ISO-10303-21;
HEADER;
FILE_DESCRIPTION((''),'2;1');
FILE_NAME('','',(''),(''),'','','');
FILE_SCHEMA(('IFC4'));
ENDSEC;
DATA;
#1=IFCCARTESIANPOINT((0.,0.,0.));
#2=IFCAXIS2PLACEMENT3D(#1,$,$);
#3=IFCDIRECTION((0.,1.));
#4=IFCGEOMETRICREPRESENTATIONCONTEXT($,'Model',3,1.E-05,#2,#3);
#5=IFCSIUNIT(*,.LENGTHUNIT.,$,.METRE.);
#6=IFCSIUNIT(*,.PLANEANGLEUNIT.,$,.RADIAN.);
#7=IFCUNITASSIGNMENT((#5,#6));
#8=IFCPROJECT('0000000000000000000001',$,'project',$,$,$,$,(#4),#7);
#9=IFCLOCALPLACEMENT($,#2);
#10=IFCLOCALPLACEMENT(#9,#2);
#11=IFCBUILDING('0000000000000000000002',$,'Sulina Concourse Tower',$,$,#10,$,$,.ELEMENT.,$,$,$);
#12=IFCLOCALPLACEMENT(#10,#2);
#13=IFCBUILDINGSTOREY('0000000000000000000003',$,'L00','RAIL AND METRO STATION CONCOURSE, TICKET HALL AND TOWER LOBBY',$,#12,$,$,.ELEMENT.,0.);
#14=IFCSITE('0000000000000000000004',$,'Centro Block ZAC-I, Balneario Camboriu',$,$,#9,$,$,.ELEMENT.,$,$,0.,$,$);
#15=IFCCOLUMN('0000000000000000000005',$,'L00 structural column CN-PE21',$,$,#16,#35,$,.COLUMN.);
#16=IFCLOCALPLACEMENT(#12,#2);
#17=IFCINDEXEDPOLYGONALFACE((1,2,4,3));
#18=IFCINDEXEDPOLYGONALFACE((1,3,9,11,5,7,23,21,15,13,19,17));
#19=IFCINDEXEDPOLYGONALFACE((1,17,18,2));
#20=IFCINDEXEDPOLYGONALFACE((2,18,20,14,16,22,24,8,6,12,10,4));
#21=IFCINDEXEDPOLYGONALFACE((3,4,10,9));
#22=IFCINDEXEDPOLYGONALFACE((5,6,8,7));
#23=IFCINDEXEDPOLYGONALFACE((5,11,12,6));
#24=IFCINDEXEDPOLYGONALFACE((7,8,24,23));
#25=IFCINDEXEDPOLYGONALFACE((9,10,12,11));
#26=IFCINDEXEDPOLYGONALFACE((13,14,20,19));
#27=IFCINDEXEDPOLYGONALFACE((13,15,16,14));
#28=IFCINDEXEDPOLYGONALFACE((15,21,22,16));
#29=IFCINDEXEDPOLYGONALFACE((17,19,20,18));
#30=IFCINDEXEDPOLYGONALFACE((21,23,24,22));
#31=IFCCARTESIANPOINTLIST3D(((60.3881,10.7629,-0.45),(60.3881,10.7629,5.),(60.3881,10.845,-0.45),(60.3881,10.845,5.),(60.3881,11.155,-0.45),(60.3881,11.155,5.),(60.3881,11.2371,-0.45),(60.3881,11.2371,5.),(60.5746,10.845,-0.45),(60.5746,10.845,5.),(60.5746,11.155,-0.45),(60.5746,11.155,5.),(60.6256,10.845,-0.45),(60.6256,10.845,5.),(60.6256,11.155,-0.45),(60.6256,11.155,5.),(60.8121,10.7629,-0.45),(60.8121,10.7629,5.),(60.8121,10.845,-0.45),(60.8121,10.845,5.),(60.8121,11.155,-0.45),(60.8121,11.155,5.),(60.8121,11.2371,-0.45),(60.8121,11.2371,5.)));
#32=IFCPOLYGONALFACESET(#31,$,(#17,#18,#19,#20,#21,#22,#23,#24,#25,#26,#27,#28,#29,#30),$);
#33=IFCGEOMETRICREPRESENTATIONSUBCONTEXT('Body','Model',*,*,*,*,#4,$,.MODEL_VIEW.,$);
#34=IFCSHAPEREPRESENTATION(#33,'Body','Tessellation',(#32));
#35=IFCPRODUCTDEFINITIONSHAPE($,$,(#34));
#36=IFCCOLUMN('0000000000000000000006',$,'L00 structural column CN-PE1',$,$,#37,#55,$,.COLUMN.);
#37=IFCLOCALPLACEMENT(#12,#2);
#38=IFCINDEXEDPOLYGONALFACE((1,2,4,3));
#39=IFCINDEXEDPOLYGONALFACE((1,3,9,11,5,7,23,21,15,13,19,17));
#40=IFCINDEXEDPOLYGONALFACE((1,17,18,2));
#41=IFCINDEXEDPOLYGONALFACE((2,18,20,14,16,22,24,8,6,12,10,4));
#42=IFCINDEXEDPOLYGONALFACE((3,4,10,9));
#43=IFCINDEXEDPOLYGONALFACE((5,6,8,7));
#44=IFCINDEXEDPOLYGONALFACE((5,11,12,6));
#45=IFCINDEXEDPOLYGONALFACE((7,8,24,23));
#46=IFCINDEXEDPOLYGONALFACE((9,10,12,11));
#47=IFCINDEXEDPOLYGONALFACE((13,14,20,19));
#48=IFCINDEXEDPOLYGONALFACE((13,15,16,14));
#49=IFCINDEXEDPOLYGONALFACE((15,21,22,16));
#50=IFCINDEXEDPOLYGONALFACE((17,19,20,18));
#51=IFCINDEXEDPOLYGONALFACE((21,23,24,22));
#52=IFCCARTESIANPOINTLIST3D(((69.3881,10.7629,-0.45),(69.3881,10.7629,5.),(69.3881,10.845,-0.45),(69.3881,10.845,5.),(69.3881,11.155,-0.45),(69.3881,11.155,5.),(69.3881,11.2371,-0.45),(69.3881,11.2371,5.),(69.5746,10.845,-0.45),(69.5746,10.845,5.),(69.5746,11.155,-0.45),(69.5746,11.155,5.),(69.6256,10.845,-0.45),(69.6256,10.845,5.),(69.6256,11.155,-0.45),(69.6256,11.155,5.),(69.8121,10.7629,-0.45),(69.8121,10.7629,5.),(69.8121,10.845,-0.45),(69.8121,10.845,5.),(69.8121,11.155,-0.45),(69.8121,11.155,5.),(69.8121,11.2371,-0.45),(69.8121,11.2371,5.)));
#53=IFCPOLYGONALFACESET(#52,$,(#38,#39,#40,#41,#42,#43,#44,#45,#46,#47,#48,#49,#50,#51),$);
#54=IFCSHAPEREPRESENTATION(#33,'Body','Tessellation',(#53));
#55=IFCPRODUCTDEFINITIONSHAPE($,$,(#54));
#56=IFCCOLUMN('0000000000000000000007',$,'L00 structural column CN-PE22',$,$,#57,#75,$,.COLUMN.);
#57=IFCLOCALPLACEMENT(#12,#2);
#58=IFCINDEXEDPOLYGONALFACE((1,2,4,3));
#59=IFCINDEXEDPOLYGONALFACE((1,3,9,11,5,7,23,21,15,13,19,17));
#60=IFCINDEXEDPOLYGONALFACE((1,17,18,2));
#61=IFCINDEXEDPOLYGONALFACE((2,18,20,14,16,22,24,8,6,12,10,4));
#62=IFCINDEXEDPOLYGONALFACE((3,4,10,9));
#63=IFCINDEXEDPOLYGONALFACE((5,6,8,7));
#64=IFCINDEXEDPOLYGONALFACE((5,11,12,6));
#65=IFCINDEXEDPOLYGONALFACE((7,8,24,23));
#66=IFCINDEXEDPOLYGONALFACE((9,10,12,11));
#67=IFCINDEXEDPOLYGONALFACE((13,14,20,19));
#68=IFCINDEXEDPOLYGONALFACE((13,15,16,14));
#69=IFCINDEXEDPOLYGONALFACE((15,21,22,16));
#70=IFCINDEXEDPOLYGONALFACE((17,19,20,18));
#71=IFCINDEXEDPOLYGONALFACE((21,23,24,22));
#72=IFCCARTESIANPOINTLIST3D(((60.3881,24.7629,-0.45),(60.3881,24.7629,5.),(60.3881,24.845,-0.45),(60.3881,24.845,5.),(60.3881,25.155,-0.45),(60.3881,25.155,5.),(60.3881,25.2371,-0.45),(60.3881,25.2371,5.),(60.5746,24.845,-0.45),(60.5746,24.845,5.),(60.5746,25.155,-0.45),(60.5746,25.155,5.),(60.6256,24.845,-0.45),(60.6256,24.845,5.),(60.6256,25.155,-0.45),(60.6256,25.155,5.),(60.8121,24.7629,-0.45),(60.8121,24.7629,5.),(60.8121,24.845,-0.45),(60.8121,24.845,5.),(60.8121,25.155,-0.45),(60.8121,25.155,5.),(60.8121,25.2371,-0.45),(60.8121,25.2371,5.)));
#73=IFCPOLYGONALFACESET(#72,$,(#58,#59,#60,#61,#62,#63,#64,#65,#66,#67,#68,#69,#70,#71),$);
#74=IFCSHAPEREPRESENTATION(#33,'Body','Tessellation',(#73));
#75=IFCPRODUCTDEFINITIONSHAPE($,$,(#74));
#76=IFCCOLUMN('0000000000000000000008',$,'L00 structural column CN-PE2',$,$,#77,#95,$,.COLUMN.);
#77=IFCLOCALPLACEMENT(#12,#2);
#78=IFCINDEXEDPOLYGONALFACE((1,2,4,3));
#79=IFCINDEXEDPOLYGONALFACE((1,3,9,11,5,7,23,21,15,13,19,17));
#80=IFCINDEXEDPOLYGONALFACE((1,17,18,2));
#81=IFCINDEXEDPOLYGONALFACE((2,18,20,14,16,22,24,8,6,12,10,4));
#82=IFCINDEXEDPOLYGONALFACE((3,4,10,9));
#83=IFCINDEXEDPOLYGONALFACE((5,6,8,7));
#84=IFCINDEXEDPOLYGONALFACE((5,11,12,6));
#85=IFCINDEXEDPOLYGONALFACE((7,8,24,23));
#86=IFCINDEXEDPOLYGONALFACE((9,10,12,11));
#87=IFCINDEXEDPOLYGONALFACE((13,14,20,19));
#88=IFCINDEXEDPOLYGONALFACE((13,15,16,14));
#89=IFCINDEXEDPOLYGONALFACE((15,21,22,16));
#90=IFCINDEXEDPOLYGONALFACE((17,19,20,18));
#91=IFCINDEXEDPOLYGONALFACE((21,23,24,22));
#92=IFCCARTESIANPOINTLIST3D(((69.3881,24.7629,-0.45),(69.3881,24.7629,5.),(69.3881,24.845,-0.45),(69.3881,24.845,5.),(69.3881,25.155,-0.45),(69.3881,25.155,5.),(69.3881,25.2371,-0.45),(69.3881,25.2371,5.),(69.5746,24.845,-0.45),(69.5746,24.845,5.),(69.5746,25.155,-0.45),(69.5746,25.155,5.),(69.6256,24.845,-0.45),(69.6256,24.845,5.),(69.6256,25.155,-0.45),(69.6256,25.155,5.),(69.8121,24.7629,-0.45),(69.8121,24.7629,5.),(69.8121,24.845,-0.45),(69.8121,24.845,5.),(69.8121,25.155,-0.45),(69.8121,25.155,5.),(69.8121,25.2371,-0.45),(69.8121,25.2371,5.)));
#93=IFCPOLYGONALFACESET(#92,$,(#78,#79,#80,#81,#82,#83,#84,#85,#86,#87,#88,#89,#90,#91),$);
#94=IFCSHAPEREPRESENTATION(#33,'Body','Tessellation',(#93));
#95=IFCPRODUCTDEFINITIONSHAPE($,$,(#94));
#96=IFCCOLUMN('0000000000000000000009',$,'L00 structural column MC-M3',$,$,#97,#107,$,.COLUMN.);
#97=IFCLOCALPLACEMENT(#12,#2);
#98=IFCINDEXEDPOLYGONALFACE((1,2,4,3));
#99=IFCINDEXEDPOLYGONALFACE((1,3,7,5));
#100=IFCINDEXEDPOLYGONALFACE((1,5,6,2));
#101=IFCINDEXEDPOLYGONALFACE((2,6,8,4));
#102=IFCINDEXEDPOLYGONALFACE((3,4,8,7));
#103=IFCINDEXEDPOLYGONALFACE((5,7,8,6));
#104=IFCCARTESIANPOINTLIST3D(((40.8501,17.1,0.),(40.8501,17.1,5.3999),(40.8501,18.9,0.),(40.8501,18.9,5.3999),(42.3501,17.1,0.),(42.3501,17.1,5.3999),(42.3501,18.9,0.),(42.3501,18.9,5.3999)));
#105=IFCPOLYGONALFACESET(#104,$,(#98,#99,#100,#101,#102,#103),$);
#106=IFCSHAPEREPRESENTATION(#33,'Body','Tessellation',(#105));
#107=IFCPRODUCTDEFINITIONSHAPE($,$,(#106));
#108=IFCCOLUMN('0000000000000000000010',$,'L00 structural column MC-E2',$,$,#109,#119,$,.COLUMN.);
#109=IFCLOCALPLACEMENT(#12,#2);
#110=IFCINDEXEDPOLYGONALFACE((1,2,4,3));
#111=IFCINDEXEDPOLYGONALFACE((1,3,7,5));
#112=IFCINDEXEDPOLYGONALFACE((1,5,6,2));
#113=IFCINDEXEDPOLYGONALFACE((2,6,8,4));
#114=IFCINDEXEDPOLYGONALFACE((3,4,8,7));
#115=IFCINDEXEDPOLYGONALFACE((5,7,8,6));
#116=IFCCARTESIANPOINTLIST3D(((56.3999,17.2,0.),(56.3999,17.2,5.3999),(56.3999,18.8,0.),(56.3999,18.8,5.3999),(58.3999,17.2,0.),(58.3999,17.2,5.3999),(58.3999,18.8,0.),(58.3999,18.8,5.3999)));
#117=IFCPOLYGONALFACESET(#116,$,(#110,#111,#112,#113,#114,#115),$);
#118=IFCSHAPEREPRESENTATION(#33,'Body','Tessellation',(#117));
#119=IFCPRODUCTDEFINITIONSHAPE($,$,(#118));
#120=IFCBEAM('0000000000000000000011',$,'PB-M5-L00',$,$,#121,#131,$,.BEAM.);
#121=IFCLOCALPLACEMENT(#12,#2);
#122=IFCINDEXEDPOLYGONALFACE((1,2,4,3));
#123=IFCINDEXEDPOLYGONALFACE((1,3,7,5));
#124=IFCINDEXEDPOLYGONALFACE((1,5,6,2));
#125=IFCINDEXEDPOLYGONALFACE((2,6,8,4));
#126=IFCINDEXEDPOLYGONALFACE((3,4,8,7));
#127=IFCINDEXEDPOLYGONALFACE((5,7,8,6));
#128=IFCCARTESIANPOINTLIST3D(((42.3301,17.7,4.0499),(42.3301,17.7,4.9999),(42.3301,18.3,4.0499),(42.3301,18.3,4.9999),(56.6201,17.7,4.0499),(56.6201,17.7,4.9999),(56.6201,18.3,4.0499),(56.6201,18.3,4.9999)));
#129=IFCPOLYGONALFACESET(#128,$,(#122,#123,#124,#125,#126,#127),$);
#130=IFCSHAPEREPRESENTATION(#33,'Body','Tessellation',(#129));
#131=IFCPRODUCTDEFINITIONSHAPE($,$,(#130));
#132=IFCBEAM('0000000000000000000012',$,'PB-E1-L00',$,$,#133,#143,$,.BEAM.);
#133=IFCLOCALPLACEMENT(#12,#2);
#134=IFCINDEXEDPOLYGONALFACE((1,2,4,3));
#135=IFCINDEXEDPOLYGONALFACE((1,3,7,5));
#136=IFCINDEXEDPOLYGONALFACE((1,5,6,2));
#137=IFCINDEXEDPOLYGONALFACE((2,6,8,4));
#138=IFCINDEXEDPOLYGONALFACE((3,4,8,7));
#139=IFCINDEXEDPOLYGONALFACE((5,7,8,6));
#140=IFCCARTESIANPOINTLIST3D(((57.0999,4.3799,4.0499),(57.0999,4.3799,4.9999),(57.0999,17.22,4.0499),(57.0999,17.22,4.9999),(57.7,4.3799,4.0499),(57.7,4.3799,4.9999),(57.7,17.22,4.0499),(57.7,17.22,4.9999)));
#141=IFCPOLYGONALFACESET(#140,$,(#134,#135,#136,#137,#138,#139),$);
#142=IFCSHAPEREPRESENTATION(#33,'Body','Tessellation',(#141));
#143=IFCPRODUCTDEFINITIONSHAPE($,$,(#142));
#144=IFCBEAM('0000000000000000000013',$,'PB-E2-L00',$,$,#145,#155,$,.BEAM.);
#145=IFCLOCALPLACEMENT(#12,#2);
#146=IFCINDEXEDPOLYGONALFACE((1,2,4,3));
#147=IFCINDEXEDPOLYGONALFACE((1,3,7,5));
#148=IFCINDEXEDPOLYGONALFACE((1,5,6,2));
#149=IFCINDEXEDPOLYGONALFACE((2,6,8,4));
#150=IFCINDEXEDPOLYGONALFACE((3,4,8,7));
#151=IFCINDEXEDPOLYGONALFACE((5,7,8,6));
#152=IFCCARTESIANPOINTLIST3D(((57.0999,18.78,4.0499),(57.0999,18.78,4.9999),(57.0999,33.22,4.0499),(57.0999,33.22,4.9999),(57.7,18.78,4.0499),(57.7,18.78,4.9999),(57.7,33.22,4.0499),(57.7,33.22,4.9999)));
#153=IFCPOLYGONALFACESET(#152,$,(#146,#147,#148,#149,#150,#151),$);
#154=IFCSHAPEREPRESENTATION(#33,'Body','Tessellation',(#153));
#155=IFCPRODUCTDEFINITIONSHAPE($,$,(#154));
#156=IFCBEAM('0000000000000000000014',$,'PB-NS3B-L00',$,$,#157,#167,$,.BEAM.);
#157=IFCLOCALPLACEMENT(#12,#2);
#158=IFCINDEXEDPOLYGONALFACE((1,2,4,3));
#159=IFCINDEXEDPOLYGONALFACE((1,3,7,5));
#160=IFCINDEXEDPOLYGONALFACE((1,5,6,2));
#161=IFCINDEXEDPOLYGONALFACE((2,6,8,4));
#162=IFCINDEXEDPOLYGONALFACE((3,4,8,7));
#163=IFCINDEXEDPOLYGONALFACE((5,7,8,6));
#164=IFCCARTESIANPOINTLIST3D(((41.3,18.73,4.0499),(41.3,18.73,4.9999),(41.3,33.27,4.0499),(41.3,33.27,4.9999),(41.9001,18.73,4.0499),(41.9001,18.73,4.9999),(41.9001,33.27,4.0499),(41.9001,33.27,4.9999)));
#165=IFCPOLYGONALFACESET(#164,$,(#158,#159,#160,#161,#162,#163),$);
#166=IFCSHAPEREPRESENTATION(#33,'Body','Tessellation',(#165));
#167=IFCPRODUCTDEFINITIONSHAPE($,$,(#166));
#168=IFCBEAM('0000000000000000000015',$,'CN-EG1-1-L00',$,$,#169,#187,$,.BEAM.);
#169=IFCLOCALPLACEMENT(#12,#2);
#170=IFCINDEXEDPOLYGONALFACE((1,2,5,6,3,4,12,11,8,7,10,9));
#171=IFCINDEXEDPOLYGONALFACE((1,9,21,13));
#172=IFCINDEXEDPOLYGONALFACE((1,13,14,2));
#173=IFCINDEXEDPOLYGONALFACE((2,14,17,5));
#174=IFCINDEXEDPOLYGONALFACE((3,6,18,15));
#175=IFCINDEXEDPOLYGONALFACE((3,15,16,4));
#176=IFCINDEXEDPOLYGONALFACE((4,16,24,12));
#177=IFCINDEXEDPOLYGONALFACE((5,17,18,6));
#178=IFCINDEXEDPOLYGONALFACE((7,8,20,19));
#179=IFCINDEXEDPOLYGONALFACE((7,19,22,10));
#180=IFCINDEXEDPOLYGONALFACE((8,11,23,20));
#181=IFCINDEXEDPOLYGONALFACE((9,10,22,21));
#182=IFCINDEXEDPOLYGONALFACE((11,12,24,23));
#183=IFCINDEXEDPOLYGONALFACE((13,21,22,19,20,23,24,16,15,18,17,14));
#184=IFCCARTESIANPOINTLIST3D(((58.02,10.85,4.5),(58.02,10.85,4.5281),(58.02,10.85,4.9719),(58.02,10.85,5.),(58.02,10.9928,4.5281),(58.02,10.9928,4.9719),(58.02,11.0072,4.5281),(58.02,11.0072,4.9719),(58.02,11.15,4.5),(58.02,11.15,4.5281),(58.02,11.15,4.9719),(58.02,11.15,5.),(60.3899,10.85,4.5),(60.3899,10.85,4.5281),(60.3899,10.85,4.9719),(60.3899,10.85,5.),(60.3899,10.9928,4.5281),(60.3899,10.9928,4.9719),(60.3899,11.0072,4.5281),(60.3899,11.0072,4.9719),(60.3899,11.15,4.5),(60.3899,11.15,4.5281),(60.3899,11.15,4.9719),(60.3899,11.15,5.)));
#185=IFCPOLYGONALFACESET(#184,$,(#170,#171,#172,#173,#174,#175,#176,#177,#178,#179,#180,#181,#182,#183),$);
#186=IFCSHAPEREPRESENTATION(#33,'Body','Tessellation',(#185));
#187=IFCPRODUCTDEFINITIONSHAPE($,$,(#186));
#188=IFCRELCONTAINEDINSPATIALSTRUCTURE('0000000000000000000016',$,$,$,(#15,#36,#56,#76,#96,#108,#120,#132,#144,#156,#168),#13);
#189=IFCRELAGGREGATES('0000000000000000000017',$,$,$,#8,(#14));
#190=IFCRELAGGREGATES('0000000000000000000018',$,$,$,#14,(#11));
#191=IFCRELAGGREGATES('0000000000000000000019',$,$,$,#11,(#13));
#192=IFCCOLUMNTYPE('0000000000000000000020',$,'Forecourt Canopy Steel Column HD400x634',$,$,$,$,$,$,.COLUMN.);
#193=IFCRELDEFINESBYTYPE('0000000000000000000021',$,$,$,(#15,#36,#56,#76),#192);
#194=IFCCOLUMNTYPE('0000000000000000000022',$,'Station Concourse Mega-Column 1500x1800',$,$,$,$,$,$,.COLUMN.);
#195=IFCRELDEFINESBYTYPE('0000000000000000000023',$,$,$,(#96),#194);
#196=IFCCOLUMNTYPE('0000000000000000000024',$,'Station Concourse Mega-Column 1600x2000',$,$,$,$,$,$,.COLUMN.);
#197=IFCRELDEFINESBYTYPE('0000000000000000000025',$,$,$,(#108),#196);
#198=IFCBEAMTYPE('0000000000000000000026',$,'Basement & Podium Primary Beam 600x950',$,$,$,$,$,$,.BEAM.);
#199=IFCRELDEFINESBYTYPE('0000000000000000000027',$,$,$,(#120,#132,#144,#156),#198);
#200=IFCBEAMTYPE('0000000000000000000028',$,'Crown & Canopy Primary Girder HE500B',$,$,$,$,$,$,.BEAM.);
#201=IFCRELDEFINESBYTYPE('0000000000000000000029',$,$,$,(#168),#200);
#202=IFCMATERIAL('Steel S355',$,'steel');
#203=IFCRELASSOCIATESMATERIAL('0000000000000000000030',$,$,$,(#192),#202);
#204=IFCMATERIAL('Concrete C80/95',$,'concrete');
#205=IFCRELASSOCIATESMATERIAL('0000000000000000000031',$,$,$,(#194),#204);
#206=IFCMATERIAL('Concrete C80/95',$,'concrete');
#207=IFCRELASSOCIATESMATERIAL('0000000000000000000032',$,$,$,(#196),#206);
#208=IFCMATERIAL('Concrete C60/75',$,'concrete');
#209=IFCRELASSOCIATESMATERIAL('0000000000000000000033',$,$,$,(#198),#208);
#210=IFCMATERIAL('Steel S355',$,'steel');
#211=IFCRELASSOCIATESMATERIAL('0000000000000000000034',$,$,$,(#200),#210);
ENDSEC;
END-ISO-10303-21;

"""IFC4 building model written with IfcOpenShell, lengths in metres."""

from ifc_helpers import new_model, si_unit, direction, frame, origin, origin_2d, place, context, subcontext, project, spatial, rectangle, i_section, extrude, material, material_profile, profile_set, type_object, element, save


model = new_model("IFC4")

# Units and contexts
model_context = context("Model", 3, precision=1e-05, world=origin(), true_north=direction((0.0, 1.0)))
body_context = subcontext(model_context, "Body", "Model", "MODEL_VIEW")
ifc_project = project(units=[si_unit("LENGTHUNIT", "METRE"), si_unit("PLANEANGLEUNIT", "RADIAN")], contexts=[model_context])

# Site, building, storey
site_placement = place(None, origin())
site = spatial("IfcSite", under=ifc_project, at=site_placement, Name="Centro Block ZAC-I, Balneario Camboriu", CompositionType="ELEMENT", RefElevation=0.0)
building_placement = place(site_placement, origin())
building = spatial("IfcBuilding", under=site, at=building_placement, Name="Sulina Concourse Tower", CompositionType="ELEMENT")
storey_placement = place(building_placement, origin())
storey = spatial("IfcBuildingStorey", under=building, at=storey_placement, Name="L00", Description="RAIL AND METRO STATION CONCOURSE, TICKET HALL AND TOWER LOBBY", CompositionType="ELEMENT", Elevation=0.0)

# Columns
ifc_material_1 = material(Name="Steel S355", Category="steel")
ifc_material_profile_1 = material_profile(ifc_material_1, i_section(OverallWidth=0.4241, OverallDepth=0.4741, WebThickness=0.051, FlangeThickness=0.082, at=origin_2d()), Name="HD 400x634")
ifc_profile_set_1 = profile_set([ifc_material_profile_1], Name="Steel S355")
column_type_1 = type_object("IfcColumnType", Name="Forecourt Canopy Steel Column HD400x634", PredefinedType="COLUMN", material=ifc_profile_set_1)
for number, where, z_axis, x_axis, name in (
    (1, (60.6001, 11.0, -0.45), (0.0, 0.0, 1.0), (1.0, 0.0, 0.0), "L00 structural column CN-PE21"),
    (2, (69.6001, 11.0, -0.45), (0.0, 0.0, 1.0), (1.0, 0.0, 0.0), "L00 structural column CN-PE1"),
    (3, (60.6001, 25.0, -0.45), (0.0, 0.0, 1.0), (1.0, 0.0, 0.0), "L00 structural column CN-PE22"),
    (4, (69.6001, 25.0, -0.45), (0.0, 0.0, 1.0), (1.0, 0.0, 0.0), "L00 structural column CN-PE2"),
):
    element("IfcColumn", number, at=place(storey_placement, frame(where, z_axis=z_axis, x_axis=x_axis)), inside=storey, type_object=column_type_1, Name=name, PredefinedType="COLUMN", context=body_context, shape_type="SweptSolid", body=[
        extrude(i_section(OverallWidth=0.4241, OverallDepth=0.4741, WebThickness=0.051, FlangeThickness=0.082, at=origin_2d()), origin(), (0.0, 0.0, 1.0), 5.45),
    ])
ifc_material_2 = material(Name="Concrete C80/95", Category="concrete")
ifc_material_profile_2 = material_profile(ifc_material_2, rectangle(XDim=1.5, YDim=1.8, at=origin_2d()), Name="RC 1500x1800")
ifc_profile_set_2 = profile_set([ifc_material_profile_2], Name="Concrete C80/95")
column_type_2 = type_object("IfcColumnType", Name="Station Concourse Mega-Column 1500x1800", PredefinedType="COLUMN", material=ifc_profile_set_2)
column_1_placement = place(storey_placement, frame((41.6001, 18.0, 0.0), z_axis=(0.0, 0.0, 1.0), x_axis=(1.0, 0.0, 0.0)))
element("IfcColumn", 5, at=column_1_placement, inside=storey, type_object=column_type_2, Name="L00 structural column MC-M3", PredefinedType="COLUMN", context=body_context, shape_type="SweptSolid", body=[
    extrude(rectangle(XDim=1.5, YDim=1.8, at=origin_2d()), origin(), (0.0, 0.0, 1.0), 5.3999),
])
ifc_material_3 = material(Name="Concrete C80/95", Category="concrete")
ifc_material_profile_3 = material_profile(ifc_material_3, rectangle(XDim=1.6001, YDim=2.0, at=origin_2d()), Name="RC 1600x2000")
ifc_profile_set_3 = profile_set([ifc_material_profile_3], Name="Concrete C80/95")
column_type_3 = type_object("IfcColumnType", Name="Station Concourse Mega-Column 1600x2000", PredefinedType="COLUMN", material=ifc_profile_set_3)
column_2_placement = place(storey_placement, frame((57.3999, 18.0, 0.0), z_axis=(0.0, 0.0, 1.0), x_axis=(0.0, 1.0, 0.0)))
element("IfcColumn", 6, at=column_2_placement, inside=storey, type_object=column_type_3, Name="L00 structural column MC-E2", PredefinedType="COLUMN", context=body_context, shape_type="SweptSolid", body=[
    extrude(rectangle(XDim=1.6001, YDim=2.0, at=origin_2d()), origin(), (0.0, 0.0, 1.0), 5.3999),
])

# Beams
ifc_material_4 = material(Name="Concrete C60/75", Category="concrete")
ifc_material_profile_4 = material_profile(ifc_material_4, rectangle(XDim=0.6001, YDim=0.95, at=origin_2d()), Name="RC 600x950")
ifc_profile_set_4 = profile_set([ifc_material_profile_4], Name="Concrete C60/75")
beam_type_1 = type_object("IfcBeamType", Name="Basement & Podium Primary Beam 600x950", PredefinedType="BEAM", material=ifc_profile_set_4)
beam_1_placement = place(storey_placement, frame((42.3301, 18.0, 4.5249), z_axis=(1.0, 0.0, 0.0), x_axis=(0.0, 1.0, 0.0)))
element("IfcBeam", 7, at=beam_1_placement, inside=storey, type_object=beam_type_1, Name="PB-M5-L00", PredefinedType="BEAM", context=body_context, shape_type="SweptSolid", body=[
    extrude(rectangle(XDim=0.6001, YDim=0.95, at=origin_2d()), origin(), (0.0, 0.0, 1.0), 14.29),
])
beam_2_placement = place(storey_placement, frame((57.3999, 4.3799, 4.5249), z_axis=(0.0, 1.0, 0.0), x_axis=(-1.0, 0.0, 0.0)))
element("IfcBeam", 8, at=beam_2_placement, inside=storey, type_object=beam_type_1, Name="PB-E1-L00", PredefinedType="BEAM", context=body_context, shape_type="SweptSolid", body=[
    extrude(rectangle(XDim=0.6001, YDim=0.95, at=origin_2d()), origin(), (0.0, 0.0, 1.0), 12.8401),
])
beam_3_placement = place(storey_placement, frame((57.3999, 18.78, 4.5249), z_axis=(0.0, 1.0, 0.0), x_axis=(-1.0, 0.0, 0.0)))
element("IfcBeam", 9, at=beam_3_placement, inside=storey, type_object=beam_type_1, Name="PB-E2-L00", PredefinedType="BEAM", context=body_context, shape_type="SweptSolid", body=[
    extrude(rectangle(XDim=0.6001, YDim=0.95, at=origin_2d()), origin(), (0.0, 0.0, 1.0), 14.4399),
])
beam_4_placement = place(storey_placement, frame((41.6001, 18.73, 4.5249), z_axis=(0.0, 1.0, 0.0), x_axis=(-1.0, 0.0, 0.0)))
element("IfcBeam", 10, at=beam_4_placement, inside=storey, type_object=beam_type_1, Name="PB-NS3B-L00", PredefinedType="BEAM", context=body_context, shape_type="SweptSolid", body=[
    extrude(rectangle(XDim=0.6001, YDim=0.95, at=origin_2d()), origin(), (0.0, 0.0, 1.0), 14.54),
])
ifc_material_5 = material(Name="Steel S355", Category="steel")
ifc_material_profile_5 = material_profile(ifc_material_5, i_section(OverallWidth=0.3, OverallDepth=0.5, WebThickness=0.0144, FlangeThickness=0.0281, at=origin_2d()), Name="HE 500 B")
ifc_profile_set_5 = profile_set([ifc_material_profile_5], Name="Steel S355")
beam_type_2 = type_object("IfcBeamType", Name="Crown & Canopy Primary Girder HE500B", PredefinedType="BEAM", material=ifc_profile_set_5)
beam_5_placement = place(storey_placement, frame((58.02, 11.0, 4.75), z_axis=(1.0, 0.0, 0.0), x_axis=(0.0, 1.0, 0.0)))
element("IfcBeam", 11, at=beam_5_placement, inside=storey, type_object=beam_type_2, Name="CN-EG1-1-L00", PredefinedType="BEAM", context=body_context, shape_type="SweptSolid", body=[
    extrude(i_section(OverallWidth=0.3, OverallDepth=0.5, WebThickness=0.0144, FlangeThickness=0.0281, at=origin_2d()), origin(), (0.0, 0.0, 1.0), 2.3699),
])

save(model, "model.ifc")
